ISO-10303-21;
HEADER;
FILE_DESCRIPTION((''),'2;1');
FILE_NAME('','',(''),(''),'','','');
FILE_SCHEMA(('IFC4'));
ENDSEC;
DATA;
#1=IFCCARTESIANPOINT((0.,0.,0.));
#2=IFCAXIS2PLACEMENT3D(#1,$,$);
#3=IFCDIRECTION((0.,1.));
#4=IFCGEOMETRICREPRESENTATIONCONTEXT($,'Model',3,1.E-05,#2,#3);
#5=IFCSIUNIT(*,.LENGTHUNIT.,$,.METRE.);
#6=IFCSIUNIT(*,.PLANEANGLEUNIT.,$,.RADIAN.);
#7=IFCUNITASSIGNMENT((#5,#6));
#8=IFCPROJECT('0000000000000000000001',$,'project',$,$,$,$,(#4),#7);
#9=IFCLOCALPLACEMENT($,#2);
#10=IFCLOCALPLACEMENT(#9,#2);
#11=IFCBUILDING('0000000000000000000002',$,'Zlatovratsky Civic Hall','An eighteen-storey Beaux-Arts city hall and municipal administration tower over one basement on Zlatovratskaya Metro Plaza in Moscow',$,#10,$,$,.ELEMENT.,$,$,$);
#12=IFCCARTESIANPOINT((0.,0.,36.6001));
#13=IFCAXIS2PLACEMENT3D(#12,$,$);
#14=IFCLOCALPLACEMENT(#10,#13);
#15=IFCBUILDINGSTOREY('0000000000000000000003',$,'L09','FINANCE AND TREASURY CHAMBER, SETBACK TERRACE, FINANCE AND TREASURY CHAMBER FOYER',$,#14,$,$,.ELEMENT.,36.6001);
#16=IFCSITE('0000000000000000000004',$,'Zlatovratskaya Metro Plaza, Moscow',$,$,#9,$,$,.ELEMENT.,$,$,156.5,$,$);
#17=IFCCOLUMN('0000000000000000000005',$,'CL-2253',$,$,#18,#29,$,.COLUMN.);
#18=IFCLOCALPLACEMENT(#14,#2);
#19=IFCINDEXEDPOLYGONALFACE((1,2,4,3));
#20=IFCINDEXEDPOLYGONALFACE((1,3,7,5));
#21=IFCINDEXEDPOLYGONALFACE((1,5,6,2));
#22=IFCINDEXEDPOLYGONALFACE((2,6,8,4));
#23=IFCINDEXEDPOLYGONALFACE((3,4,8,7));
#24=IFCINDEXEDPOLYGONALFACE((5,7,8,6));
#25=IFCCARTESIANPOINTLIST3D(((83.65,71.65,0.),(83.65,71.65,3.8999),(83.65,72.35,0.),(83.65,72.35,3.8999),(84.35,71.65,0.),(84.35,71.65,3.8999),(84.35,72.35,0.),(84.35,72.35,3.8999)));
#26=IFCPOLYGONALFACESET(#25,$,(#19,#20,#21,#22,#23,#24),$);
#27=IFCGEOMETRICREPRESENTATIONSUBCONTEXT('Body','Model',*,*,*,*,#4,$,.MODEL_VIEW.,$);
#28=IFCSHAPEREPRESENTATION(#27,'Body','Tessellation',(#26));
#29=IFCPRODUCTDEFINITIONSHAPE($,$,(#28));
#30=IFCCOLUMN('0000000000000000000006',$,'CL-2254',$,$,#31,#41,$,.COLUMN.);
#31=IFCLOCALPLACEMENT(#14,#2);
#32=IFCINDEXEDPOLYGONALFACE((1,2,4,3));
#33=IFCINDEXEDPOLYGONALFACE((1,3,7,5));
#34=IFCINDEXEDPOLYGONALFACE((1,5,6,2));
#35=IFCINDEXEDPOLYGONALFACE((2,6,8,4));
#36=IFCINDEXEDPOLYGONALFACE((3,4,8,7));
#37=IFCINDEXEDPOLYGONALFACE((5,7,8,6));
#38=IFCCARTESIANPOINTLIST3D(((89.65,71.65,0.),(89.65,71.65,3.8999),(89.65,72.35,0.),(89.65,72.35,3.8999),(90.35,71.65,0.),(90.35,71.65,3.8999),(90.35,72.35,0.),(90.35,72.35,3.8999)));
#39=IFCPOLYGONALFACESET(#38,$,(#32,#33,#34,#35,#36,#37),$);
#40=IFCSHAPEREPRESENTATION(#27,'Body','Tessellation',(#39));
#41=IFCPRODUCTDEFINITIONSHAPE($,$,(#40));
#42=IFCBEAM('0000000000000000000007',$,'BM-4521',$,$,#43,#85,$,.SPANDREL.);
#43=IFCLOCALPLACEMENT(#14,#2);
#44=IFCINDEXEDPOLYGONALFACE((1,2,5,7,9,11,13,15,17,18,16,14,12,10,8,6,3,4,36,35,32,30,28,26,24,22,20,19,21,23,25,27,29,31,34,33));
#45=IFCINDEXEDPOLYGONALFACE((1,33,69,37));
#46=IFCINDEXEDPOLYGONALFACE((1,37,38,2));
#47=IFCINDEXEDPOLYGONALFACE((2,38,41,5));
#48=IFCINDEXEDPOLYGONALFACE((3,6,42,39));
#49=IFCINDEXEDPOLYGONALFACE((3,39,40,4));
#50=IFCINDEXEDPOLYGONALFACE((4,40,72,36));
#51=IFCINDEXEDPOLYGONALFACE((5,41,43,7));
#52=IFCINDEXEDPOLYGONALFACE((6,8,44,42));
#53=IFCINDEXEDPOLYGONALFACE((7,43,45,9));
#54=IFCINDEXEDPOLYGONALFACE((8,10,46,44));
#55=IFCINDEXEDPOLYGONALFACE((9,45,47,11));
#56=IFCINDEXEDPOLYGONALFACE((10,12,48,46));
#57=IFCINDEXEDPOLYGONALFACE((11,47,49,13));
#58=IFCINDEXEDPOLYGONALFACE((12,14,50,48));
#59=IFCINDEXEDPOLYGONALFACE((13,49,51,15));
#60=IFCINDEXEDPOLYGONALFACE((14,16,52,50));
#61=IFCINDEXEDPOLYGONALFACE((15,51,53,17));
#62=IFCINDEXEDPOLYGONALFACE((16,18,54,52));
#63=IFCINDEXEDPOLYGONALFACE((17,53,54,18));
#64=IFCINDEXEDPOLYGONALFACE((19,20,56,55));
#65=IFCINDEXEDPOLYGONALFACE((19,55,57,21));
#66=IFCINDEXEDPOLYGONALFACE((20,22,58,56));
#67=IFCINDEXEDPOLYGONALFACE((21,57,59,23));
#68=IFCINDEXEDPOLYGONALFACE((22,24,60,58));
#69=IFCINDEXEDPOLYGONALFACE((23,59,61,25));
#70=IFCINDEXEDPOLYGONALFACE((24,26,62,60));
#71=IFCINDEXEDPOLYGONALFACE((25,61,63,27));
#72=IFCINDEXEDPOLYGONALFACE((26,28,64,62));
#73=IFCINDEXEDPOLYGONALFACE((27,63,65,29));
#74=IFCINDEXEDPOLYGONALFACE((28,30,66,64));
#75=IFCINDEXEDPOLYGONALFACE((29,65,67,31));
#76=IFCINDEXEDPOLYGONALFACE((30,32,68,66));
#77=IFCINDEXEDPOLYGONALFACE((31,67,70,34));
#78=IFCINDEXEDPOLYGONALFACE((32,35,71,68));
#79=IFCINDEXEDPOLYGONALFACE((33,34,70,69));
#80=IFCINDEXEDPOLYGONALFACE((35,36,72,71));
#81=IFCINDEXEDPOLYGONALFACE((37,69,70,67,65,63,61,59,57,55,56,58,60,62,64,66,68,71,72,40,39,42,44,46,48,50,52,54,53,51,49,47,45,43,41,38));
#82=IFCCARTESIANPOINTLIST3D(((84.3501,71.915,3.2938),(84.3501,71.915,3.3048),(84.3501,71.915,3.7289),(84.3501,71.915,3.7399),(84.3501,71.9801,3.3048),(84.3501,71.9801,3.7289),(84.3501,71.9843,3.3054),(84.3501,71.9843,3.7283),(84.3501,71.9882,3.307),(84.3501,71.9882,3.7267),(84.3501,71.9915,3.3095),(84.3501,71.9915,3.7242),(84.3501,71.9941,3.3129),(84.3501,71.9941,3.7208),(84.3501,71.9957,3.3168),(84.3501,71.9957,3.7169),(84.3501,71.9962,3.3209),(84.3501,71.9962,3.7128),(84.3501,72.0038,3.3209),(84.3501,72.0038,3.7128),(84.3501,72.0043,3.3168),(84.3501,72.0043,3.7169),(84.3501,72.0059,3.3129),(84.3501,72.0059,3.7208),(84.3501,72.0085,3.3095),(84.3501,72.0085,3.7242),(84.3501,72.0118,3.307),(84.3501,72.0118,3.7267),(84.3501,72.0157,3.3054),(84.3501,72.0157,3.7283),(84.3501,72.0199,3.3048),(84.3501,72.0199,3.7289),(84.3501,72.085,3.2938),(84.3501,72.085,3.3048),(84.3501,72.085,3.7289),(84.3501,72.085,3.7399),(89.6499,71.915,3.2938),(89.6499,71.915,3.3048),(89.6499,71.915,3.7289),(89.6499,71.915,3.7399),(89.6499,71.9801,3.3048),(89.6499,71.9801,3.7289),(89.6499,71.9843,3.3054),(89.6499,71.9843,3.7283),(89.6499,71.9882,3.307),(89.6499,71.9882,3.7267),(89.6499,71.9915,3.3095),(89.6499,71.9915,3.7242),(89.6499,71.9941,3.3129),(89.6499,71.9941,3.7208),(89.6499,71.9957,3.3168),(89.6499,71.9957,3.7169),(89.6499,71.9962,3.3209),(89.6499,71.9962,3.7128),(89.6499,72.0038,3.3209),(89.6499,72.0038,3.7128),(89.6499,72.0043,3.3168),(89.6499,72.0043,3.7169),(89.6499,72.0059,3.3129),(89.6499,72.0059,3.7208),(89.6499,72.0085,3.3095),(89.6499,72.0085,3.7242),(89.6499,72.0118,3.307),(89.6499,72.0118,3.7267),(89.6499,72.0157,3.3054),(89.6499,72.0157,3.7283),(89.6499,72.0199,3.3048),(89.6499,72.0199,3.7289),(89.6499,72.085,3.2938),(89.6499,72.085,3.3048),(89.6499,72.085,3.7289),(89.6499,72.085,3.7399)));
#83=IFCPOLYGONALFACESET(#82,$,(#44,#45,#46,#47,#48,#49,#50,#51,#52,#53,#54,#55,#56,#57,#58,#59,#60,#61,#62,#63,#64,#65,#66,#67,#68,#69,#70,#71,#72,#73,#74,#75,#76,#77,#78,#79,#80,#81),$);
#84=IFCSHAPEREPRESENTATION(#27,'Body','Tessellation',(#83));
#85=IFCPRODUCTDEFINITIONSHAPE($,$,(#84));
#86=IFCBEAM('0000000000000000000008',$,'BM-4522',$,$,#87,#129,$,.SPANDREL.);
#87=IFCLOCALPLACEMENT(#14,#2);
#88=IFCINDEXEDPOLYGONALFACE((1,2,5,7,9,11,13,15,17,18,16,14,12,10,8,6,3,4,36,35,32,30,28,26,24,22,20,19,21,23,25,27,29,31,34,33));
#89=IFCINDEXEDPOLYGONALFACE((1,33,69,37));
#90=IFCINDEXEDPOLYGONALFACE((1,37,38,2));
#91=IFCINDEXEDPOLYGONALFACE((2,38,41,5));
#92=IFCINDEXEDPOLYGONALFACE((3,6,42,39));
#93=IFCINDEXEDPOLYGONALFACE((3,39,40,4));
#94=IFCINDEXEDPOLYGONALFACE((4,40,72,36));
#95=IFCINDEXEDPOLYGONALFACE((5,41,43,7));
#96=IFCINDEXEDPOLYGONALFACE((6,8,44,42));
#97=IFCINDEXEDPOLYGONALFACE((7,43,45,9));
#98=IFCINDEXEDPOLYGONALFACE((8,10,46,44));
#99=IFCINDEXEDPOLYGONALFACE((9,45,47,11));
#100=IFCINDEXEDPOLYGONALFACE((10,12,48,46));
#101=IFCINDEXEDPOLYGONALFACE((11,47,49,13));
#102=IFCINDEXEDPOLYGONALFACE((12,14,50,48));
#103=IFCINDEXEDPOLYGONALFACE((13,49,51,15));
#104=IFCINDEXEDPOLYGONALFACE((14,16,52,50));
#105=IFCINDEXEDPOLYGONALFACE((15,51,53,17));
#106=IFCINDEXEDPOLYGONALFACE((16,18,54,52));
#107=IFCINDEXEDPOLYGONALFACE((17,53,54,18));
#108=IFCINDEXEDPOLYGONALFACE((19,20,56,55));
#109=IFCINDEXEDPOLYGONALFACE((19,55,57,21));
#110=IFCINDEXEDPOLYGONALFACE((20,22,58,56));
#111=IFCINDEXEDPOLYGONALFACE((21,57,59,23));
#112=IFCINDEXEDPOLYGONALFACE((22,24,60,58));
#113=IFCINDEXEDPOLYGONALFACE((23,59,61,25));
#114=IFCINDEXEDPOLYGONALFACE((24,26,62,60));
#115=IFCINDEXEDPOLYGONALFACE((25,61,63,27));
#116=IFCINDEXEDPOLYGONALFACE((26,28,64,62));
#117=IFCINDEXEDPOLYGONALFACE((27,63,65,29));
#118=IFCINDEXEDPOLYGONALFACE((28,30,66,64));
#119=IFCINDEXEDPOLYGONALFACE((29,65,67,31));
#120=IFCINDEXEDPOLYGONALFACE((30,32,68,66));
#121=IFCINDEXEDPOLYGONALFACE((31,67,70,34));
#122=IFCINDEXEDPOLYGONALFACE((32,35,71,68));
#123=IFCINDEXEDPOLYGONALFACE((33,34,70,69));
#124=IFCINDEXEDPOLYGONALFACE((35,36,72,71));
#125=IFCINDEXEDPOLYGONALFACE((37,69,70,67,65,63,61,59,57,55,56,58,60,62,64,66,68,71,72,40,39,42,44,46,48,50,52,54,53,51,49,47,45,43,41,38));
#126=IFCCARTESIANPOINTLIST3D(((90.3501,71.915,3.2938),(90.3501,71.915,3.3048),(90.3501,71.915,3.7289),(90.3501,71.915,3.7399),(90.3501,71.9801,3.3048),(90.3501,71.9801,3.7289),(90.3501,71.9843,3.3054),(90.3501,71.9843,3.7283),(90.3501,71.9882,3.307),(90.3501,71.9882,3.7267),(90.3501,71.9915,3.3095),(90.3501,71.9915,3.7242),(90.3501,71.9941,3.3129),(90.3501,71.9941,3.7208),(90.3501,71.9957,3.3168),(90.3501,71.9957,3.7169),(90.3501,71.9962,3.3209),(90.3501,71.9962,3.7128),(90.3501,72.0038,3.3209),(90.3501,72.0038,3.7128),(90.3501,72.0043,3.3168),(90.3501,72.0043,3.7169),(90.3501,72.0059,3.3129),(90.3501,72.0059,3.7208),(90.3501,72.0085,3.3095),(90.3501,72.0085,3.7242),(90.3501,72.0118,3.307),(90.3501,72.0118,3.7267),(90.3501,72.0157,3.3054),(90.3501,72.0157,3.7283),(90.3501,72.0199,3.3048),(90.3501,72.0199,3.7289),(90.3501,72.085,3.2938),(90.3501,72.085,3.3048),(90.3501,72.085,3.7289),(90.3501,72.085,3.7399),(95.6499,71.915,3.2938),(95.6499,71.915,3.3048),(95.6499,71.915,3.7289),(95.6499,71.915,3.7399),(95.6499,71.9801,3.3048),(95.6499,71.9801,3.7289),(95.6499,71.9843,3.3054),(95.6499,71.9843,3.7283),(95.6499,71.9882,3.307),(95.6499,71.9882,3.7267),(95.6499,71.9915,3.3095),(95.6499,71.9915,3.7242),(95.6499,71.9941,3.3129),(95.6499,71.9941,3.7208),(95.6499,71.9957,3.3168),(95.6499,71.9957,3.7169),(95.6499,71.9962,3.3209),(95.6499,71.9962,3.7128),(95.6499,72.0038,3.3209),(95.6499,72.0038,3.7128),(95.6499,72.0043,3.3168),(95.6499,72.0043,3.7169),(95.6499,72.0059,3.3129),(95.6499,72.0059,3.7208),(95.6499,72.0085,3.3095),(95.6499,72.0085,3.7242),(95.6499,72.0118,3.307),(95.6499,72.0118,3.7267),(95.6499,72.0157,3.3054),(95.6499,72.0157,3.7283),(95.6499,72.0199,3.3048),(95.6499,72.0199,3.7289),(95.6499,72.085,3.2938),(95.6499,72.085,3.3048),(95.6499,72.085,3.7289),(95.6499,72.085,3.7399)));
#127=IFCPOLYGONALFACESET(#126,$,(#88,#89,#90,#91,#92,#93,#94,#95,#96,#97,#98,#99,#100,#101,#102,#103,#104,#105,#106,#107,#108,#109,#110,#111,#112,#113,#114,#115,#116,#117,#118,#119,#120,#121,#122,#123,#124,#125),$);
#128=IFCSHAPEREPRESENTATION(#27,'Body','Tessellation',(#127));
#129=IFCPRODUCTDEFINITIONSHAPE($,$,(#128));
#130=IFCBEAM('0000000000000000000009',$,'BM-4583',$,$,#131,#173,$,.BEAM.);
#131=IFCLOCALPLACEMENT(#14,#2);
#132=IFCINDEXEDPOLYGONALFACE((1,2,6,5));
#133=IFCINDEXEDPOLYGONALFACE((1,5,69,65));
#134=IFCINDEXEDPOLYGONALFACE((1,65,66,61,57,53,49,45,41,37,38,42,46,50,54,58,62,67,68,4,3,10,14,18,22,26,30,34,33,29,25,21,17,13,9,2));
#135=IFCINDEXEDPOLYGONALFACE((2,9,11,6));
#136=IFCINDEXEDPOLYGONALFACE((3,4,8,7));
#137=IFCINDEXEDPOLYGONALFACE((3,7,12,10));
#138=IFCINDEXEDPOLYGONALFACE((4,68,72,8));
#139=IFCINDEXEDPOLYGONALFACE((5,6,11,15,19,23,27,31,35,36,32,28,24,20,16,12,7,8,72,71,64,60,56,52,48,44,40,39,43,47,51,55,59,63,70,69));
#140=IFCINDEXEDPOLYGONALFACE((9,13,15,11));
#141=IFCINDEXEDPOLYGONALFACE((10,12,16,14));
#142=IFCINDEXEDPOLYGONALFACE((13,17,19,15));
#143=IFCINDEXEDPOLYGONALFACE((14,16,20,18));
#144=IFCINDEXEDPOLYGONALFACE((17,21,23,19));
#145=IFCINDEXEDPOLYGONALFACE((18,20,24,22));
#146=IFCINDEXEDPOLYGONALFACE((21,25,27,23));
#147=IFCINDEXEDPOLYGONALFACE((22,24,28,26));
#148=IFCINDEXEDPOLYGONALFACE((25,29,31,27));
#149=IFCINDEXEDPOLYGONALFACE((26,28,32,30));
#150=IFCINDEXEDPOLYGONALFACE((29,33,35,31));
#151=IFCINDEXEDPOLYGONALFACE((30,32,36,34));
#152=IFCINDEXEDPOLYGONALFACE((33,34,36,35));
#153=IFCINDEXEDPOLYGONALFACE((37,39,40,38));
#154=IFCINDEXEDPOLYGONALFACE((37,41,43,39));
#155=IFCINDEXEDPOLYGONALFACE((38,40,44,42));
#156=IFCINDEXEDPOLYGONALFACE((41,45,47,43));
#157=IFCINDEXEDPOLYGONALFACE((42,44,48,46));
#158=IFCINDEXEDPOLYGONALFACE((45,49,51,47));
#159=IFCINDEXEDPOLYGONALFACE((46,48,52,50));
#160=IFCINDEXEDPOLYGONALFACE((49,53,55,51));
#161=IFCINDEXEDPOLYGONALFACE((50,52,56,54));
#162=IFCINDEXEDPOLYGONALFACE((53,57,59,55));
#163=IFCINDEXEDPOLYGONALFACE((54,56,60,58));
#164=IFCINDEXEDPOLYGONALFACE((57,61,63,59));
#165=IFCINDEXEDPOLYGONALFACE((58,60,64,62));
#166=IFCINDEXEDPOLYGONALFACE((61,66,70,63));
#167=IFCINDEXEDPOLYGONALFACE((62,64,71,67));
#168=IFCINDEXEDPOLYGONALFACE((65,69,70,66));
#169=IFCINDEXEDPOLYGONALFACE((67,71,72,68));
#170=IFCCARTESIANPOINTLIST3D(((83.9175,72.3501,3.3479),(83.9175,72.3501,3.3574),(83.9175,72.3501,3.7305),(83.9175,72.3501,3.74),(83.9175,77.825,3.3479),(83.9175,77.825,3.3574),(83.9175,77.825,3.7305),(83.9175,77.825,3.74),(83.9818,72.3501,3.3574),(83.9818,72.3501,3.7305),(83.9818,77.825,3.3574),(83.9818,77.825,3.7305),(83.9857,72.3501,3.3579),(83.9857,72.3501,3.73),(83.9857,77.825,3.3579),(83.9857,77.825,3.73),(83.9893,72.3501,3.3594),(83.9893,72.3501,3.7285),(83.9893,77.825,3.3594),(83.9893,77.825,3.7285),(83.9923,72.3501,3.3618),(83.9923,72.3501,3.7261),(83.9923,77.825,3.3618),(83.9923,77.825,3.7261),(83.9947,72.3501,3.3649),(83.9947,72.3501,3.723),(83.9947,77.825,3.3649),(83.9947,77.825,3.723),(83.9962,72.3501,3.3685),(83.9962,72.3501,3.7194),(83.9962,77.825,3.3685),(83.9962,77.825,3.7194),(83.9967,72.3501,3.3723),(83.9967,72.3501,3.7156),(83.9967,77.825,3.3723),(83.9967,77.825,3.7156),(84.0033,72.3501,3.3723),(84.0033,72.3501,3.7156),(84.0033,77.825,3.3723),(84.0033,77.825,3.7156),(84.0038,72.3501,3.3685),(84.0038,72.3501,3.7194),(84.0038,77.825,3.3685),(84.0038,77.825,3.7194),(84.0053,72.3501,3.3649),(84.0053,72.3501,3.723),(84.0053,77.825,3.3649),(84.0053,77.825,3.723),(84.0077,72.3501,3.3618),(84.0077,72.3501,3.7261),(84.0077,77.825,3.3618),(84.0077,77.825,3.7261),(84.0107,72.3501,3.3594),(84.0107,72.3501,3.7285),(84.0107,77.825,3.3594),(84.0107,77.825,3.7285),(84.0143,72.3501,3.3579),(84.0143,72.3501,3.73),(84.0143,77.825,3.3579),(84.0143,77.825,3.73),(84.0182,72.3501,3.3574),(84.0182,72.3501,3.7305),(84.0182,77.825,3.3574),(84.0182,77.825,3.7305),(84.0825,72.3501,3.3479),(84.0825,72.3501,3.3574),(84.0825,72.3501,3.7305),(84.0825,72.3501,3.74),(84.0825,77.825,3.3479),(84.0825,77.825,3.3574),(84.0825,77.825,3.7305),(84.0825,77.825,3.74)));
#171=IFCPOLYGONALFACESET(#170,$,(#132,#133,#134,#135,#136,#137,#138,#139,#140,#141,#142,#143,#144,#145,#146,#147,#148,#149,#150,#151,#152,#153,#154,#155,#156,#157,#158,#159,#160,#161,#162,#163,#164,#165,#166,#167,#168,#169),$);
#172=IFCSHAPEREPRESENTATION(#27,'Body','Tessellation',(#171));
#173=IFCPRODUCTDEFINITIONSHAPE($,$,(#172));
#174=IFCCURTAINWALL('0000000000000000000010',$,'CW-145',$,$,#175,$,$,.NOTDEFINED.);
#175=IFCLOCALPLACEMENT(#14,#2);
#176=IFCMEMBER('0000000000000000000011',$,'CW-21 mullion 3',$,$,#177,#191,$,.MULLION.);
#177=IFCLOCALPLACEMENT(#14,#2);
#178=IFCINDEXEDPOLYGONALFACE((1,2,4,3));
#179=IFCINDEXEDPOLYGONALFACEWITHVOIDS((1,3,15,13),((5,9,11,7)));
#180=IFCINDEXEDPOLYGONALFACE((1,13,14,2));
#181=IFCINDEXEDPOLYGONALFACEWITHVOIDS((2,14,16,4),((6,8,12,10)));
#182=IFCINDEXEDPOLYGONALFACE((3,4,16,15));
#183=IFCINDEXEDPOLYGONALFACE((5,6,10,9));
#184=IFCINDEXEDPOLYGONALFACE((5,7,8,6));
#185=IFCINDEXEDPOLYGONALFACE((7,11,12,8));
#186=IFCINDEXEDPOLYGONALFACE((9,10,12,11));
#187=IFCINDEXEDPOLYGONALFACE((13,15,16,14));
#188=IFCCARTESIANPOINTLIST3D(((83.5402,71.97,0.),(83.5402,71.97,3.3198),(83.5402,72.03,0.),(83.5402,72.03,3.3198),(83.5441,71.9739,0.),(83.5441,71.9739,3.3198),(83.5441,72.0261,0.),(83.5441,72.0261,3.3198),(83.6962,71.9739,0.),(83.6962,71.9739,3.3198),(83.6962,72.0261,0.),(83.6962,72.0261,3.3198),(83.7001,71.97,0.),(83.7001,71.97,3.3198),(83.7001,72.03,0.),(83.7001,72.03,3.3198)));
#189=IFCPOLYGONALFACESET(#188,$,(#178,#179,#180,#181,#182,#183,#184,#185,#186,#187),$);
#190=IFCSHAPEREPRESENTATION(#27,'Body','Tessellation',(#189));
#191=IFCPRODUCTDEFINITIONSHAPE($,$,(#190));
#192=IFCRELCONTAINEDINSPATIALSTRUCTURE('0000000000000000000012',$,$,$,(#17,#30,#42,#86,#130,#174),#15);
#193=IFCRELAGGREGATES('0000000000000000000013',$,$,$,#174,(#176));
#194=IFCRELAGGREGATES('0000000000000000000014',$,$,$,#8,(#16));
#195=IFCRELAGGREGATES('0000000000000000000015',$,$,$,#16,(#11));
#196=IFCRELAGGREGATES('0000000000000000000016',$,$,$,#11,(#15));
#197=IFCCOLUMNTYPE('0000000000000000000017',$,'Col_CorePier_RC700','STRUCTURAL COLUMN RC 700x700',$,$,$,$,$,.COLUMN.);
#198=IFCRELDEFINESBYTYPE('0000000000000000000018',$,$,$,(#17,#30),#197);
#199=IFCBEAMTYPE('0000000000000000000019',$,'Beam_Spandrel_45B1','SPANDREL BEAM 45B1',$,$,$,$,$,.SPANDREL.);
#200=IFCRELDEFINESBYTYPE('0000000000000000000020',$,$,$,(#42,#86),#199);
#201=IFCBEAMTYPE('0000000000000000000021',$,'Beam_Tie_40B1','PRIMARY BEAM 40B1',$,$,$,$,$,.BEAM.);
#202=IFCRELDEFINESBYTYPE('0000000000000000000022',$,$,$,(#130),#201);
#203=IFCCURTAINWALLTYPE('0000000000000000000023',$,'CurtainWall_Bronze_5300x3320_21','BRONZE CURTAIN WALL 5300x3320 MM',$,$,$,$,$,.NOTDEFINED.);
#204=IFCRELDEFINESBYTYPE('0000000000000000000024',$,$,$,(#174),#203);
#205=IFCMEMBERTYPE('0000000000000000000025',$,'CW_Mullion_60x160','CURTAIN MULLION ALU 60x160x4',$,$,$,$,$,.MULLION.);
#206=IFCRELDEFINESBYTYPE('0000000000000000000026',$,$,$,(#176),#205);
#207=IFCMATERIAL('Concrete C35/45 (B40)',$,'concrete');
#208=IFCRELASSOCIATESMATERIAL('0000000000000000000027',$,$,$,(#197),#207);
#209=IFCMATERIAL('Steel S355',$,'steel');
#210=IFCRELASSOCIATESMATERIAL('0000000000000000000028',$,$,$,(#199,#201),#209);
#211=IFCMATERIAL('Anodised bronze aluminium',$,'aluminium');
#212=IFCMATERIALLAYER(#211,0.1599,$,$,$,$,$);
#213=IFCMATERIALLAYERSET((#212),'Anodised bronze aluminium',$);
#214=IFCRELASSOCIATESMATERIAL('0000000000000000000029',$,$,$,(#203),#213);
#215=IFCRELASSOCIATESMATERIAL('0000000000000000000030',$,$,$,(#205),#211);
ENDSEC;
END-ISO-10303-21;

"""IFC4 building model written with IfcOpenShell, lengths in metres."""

from ifc_helpers import new_model, si_unit, direction, frame, origin, origin_2d, place, context, subcontext, project, spatial, rectangle, hollow_rectangle, i_section, extrude, material, layer, layer_set, material_profile, profile_set, type_object, element, aggregate, save


model = new_model("IFC4")

# Units and contexts
model_context = context("Model", 3, precision=1e-05, world=origin(), true_north=direction((0.0, 1.0)))
body_context = subcontext(model_context, "Body", "Model", "MODEL_VIEW")
ifc_project = project(units=[si_unit("LENGTHUNIT", "METRE"), si_unit("PLANEANGLEUNIT", "RADIAN")], contexts=[model_context])

# Site, building, storey
site_placement = place(None, origin())
site = spatial("IfcSite", under=ifc_project, at=site_placement, Name="Zlatovratskaya Metro Plaza, Moscow", CompositionType="ELEMENT", RefElevation=156.5)
building_placement = place(site_placement, origin())
building = spatial("IfcBuilding", under=site, at=building_placement, Name="Zlatovratsky Civic Hall", Description="An eighteen-storey Beaux-Arts city hall and municipal administration tower over one basement on Zlatovratskaya Metro Plaza in Moscow", CompositionType="ELEMENT")
storey_placement = place(building_placement, frame((0.0, 0.0, 36.6001)))
storey = spatial("IfcBuildingStorey", under=building, at=storey_placement, Name="L09", Description="FINANCE AND TREASURY CHAMBER, SETBACK TERRACE, FINANCE AND TREASURY CHAMBER FOYER", CompositionType="ELEMENT", Elevation=36.6001)

# Columns
ifc_material_1 = material(Name="Concrete C35/45 (B40)", Category="concrete")
ifc_material_profile_1 = material_profile(ifc_material_1, rectangle(XDim=0.7, YDim=0.7, at=origin_2d()), Name="RC 700x700")
ifc_profile_set_1 = profile_set([ifc_material_profile_1], Name="Concrete C35/45 (B40)")
column_type = type_object("IfcColumnType", Name="Col_CorePier_RC700", Description="STRUCTURAL COLUMN RC 700x700", PredefinedType="COLUMN", material=ifc_profile_set_1)
for number, where, z_axis, x_axis, name in (
    (1, (84.0, 72.0, 0.0), (0.0, 0.0, 1.0), (1.0, 0.0, 0.0), "CL-2253"),
    (2, (90.0, 72.0, 0.0), (0.0, 0.0, 1.0), (1.0, 0.0, 0.0), "CL-2254"),
):
    element("IfcColumn", number, at=place(storey_placement, frame(where, z_axis=z_axis, x_axis=x_axis)), inside=storey, type_object=column_type, Name=name, PredefinedType="COLUMN", context=body_context, shape_type="SweptSolid", body=[
        extrude(rectangle(XDim=0.7, YDim=0.7, at=origin_2d()), origin(), (0.0, 0.0, 1.0), 3.8999),
    ])

# Beams
ifc_material_2 = material(Name="Steel S355", Category="steel")
ifc_material_profile_2 = material_profile(ifc_material_2, i_section(OverallWidth=0.1699, OverallDepth=0.446, WebThickness=0.0076, FlangeThickness=0.011, FilletRadius=0.0161, at=origin_2d()), Name="45B1")
ifc_profile_set_2 = profile_set([ifc_material_profile_2], Name="Steel S355")
beam_type_1 = type_object("IfcBeamType", Name="Beam_Spandrel_45B1", Description="SPANDREL BEAM 45B1", PredefinedType="SPANDREL", material=ifc_profile_set_2)
for number, where, z_axis, x_axis, name in (
    (3, (84.3501, 72.0, 3.5168), (1.0, 0.0, 0.0), (0.0, 1.0, 0.0), "BM-4521"),
    (4, (90.3501, 72.0, 3.5168), (1.0, 0.0, 0.0), (0.0, 1.0, 0.0), "BM-4522"),
):
    element("IfcBeam", number, at=place(storey_placement, frame(where, z_axis=z_axis, x_axis=x_axis)), inside=storey, type_object=beam_type_1, Name=name, PredefinedType="SPANDREL", context=body_context, shape_type="SweptSolid", body=[
        extrude(i_section(OverallWidth=0.1699, OverallDepth=0.446, WebThickness=0.0076, FlangeThickness=0.011, FilletRadius=0.0161, at=origin_2d()), origin(), (0.0, 0.0, 1.0), 5.2998),
    ])
ifc_material_profile_3 = material_profile(ifc_material_2, i_section(OverallWidth=0.165, OverallDepth=0.3921, WebThickness=0.0066, FlangeThickness=0.0095, FilletRadius=0.0149, at=origin_2d()), Name="40B1")
ifc_profile_set_3 = profile_set([ifc_material_profile_3], Name="Steel S355")
beam_type_2 = type_object("IfcBeamType", Name="Beam_Tie_40B1", Description="PRIMARY BEAM 40B1", PredefinedType="BEAM", material=ifc_profile_set_3)
beam_placement = place(storey_placement, frame((84.0, 72.3501, 3.5439), z_axis=(0.0, 1.0, 0.0), x_axis=(-1.0, 0.0, 0.0)))
element("IfcBeam", 5, at=beam_placement, inside=storey, type_object=beam_type_2, Name="BM-4583", PredefinedType="BEAM", context=body_context, shape_type="SweptSolid", body=[
    extrude(i_section(OverallWidth=0.165, OverallDepth=0.3921, WebThickness=0.0066, FlangeThickness=0.0095, FilletRadius=0.0149, at=origin_2d()), origin(), (0.0, 0.0, 1.0), 5.4749),
])

# Curtain wall, member
ifc_material_3 = material(Name="Anodised bronze aluminium", Category="aluminium")
ifc_layer_1 = layer(ifc_material_3, 0.1599)
ifc_layer_set_1 = layer_set([ifc_layer_1], Name="Anodised bronze aluminium")
curtain_wall_type = type_object("IfcCurtainWallType", Name="CurtainWall_Bronze_5300x3320_21", Description="BRONZE CURTAIN WALL 5300x3320 MM", PredefinedType="NOTDEFINED", material=ifc_layer_set_1)
curtain_wall_1_placement = place(storey_placement, origin())
curtain_wall_1 = element("IfcCurtainWall", 6, at=curtain_wall_1_placement, inside=storey, type_object=curtain_wall_type, Name="CW-145", PredefinedType="NOTDEFINED")
ifc_material_profile_4 = material_profile(ifc_material_3, hollow_rectangle(XDim=0.0601, YDim=0.1599, WallThickness=0.0039, at=origin_2d()), Name="ALU 60x160x4")
ifc_profile_set_4 = profile_set([ifc_material_profile_4], Name="Anodised bronze aluminium")
member_type_1 = type_object("IfcMemberType", Name="CW_Mullion_60x160", Description="CURTAIN MULLION ALU 60x160x4", PredefinedType="MULLION", material=ifc_profile_set_4)
member_1_placement = place(storey_placement, frame((83.6201, 72.0, 0.0), z_axis=(0.0, 0.0, 1.0), x_axis=(0.0, 1.0, 0.0)))
member_1 = element("IfcMember", 7, at=member_1_placement, type_object=member_type_1, Name="CW-21 mullion 3", PredefinedType="MULLION", context=body_context, shape_type="SweptSolid", body=[
    extrude(hollow_rectangle(XDim=0.0601, YDim=0.1599, WallThickness=0.0039, at=origin_2d()), origin(), (0.0, 0.0, 1.0), 3.3198),
])
aggregate(curtain_wall_1, [member_1])

save(model, "model.ifc")
